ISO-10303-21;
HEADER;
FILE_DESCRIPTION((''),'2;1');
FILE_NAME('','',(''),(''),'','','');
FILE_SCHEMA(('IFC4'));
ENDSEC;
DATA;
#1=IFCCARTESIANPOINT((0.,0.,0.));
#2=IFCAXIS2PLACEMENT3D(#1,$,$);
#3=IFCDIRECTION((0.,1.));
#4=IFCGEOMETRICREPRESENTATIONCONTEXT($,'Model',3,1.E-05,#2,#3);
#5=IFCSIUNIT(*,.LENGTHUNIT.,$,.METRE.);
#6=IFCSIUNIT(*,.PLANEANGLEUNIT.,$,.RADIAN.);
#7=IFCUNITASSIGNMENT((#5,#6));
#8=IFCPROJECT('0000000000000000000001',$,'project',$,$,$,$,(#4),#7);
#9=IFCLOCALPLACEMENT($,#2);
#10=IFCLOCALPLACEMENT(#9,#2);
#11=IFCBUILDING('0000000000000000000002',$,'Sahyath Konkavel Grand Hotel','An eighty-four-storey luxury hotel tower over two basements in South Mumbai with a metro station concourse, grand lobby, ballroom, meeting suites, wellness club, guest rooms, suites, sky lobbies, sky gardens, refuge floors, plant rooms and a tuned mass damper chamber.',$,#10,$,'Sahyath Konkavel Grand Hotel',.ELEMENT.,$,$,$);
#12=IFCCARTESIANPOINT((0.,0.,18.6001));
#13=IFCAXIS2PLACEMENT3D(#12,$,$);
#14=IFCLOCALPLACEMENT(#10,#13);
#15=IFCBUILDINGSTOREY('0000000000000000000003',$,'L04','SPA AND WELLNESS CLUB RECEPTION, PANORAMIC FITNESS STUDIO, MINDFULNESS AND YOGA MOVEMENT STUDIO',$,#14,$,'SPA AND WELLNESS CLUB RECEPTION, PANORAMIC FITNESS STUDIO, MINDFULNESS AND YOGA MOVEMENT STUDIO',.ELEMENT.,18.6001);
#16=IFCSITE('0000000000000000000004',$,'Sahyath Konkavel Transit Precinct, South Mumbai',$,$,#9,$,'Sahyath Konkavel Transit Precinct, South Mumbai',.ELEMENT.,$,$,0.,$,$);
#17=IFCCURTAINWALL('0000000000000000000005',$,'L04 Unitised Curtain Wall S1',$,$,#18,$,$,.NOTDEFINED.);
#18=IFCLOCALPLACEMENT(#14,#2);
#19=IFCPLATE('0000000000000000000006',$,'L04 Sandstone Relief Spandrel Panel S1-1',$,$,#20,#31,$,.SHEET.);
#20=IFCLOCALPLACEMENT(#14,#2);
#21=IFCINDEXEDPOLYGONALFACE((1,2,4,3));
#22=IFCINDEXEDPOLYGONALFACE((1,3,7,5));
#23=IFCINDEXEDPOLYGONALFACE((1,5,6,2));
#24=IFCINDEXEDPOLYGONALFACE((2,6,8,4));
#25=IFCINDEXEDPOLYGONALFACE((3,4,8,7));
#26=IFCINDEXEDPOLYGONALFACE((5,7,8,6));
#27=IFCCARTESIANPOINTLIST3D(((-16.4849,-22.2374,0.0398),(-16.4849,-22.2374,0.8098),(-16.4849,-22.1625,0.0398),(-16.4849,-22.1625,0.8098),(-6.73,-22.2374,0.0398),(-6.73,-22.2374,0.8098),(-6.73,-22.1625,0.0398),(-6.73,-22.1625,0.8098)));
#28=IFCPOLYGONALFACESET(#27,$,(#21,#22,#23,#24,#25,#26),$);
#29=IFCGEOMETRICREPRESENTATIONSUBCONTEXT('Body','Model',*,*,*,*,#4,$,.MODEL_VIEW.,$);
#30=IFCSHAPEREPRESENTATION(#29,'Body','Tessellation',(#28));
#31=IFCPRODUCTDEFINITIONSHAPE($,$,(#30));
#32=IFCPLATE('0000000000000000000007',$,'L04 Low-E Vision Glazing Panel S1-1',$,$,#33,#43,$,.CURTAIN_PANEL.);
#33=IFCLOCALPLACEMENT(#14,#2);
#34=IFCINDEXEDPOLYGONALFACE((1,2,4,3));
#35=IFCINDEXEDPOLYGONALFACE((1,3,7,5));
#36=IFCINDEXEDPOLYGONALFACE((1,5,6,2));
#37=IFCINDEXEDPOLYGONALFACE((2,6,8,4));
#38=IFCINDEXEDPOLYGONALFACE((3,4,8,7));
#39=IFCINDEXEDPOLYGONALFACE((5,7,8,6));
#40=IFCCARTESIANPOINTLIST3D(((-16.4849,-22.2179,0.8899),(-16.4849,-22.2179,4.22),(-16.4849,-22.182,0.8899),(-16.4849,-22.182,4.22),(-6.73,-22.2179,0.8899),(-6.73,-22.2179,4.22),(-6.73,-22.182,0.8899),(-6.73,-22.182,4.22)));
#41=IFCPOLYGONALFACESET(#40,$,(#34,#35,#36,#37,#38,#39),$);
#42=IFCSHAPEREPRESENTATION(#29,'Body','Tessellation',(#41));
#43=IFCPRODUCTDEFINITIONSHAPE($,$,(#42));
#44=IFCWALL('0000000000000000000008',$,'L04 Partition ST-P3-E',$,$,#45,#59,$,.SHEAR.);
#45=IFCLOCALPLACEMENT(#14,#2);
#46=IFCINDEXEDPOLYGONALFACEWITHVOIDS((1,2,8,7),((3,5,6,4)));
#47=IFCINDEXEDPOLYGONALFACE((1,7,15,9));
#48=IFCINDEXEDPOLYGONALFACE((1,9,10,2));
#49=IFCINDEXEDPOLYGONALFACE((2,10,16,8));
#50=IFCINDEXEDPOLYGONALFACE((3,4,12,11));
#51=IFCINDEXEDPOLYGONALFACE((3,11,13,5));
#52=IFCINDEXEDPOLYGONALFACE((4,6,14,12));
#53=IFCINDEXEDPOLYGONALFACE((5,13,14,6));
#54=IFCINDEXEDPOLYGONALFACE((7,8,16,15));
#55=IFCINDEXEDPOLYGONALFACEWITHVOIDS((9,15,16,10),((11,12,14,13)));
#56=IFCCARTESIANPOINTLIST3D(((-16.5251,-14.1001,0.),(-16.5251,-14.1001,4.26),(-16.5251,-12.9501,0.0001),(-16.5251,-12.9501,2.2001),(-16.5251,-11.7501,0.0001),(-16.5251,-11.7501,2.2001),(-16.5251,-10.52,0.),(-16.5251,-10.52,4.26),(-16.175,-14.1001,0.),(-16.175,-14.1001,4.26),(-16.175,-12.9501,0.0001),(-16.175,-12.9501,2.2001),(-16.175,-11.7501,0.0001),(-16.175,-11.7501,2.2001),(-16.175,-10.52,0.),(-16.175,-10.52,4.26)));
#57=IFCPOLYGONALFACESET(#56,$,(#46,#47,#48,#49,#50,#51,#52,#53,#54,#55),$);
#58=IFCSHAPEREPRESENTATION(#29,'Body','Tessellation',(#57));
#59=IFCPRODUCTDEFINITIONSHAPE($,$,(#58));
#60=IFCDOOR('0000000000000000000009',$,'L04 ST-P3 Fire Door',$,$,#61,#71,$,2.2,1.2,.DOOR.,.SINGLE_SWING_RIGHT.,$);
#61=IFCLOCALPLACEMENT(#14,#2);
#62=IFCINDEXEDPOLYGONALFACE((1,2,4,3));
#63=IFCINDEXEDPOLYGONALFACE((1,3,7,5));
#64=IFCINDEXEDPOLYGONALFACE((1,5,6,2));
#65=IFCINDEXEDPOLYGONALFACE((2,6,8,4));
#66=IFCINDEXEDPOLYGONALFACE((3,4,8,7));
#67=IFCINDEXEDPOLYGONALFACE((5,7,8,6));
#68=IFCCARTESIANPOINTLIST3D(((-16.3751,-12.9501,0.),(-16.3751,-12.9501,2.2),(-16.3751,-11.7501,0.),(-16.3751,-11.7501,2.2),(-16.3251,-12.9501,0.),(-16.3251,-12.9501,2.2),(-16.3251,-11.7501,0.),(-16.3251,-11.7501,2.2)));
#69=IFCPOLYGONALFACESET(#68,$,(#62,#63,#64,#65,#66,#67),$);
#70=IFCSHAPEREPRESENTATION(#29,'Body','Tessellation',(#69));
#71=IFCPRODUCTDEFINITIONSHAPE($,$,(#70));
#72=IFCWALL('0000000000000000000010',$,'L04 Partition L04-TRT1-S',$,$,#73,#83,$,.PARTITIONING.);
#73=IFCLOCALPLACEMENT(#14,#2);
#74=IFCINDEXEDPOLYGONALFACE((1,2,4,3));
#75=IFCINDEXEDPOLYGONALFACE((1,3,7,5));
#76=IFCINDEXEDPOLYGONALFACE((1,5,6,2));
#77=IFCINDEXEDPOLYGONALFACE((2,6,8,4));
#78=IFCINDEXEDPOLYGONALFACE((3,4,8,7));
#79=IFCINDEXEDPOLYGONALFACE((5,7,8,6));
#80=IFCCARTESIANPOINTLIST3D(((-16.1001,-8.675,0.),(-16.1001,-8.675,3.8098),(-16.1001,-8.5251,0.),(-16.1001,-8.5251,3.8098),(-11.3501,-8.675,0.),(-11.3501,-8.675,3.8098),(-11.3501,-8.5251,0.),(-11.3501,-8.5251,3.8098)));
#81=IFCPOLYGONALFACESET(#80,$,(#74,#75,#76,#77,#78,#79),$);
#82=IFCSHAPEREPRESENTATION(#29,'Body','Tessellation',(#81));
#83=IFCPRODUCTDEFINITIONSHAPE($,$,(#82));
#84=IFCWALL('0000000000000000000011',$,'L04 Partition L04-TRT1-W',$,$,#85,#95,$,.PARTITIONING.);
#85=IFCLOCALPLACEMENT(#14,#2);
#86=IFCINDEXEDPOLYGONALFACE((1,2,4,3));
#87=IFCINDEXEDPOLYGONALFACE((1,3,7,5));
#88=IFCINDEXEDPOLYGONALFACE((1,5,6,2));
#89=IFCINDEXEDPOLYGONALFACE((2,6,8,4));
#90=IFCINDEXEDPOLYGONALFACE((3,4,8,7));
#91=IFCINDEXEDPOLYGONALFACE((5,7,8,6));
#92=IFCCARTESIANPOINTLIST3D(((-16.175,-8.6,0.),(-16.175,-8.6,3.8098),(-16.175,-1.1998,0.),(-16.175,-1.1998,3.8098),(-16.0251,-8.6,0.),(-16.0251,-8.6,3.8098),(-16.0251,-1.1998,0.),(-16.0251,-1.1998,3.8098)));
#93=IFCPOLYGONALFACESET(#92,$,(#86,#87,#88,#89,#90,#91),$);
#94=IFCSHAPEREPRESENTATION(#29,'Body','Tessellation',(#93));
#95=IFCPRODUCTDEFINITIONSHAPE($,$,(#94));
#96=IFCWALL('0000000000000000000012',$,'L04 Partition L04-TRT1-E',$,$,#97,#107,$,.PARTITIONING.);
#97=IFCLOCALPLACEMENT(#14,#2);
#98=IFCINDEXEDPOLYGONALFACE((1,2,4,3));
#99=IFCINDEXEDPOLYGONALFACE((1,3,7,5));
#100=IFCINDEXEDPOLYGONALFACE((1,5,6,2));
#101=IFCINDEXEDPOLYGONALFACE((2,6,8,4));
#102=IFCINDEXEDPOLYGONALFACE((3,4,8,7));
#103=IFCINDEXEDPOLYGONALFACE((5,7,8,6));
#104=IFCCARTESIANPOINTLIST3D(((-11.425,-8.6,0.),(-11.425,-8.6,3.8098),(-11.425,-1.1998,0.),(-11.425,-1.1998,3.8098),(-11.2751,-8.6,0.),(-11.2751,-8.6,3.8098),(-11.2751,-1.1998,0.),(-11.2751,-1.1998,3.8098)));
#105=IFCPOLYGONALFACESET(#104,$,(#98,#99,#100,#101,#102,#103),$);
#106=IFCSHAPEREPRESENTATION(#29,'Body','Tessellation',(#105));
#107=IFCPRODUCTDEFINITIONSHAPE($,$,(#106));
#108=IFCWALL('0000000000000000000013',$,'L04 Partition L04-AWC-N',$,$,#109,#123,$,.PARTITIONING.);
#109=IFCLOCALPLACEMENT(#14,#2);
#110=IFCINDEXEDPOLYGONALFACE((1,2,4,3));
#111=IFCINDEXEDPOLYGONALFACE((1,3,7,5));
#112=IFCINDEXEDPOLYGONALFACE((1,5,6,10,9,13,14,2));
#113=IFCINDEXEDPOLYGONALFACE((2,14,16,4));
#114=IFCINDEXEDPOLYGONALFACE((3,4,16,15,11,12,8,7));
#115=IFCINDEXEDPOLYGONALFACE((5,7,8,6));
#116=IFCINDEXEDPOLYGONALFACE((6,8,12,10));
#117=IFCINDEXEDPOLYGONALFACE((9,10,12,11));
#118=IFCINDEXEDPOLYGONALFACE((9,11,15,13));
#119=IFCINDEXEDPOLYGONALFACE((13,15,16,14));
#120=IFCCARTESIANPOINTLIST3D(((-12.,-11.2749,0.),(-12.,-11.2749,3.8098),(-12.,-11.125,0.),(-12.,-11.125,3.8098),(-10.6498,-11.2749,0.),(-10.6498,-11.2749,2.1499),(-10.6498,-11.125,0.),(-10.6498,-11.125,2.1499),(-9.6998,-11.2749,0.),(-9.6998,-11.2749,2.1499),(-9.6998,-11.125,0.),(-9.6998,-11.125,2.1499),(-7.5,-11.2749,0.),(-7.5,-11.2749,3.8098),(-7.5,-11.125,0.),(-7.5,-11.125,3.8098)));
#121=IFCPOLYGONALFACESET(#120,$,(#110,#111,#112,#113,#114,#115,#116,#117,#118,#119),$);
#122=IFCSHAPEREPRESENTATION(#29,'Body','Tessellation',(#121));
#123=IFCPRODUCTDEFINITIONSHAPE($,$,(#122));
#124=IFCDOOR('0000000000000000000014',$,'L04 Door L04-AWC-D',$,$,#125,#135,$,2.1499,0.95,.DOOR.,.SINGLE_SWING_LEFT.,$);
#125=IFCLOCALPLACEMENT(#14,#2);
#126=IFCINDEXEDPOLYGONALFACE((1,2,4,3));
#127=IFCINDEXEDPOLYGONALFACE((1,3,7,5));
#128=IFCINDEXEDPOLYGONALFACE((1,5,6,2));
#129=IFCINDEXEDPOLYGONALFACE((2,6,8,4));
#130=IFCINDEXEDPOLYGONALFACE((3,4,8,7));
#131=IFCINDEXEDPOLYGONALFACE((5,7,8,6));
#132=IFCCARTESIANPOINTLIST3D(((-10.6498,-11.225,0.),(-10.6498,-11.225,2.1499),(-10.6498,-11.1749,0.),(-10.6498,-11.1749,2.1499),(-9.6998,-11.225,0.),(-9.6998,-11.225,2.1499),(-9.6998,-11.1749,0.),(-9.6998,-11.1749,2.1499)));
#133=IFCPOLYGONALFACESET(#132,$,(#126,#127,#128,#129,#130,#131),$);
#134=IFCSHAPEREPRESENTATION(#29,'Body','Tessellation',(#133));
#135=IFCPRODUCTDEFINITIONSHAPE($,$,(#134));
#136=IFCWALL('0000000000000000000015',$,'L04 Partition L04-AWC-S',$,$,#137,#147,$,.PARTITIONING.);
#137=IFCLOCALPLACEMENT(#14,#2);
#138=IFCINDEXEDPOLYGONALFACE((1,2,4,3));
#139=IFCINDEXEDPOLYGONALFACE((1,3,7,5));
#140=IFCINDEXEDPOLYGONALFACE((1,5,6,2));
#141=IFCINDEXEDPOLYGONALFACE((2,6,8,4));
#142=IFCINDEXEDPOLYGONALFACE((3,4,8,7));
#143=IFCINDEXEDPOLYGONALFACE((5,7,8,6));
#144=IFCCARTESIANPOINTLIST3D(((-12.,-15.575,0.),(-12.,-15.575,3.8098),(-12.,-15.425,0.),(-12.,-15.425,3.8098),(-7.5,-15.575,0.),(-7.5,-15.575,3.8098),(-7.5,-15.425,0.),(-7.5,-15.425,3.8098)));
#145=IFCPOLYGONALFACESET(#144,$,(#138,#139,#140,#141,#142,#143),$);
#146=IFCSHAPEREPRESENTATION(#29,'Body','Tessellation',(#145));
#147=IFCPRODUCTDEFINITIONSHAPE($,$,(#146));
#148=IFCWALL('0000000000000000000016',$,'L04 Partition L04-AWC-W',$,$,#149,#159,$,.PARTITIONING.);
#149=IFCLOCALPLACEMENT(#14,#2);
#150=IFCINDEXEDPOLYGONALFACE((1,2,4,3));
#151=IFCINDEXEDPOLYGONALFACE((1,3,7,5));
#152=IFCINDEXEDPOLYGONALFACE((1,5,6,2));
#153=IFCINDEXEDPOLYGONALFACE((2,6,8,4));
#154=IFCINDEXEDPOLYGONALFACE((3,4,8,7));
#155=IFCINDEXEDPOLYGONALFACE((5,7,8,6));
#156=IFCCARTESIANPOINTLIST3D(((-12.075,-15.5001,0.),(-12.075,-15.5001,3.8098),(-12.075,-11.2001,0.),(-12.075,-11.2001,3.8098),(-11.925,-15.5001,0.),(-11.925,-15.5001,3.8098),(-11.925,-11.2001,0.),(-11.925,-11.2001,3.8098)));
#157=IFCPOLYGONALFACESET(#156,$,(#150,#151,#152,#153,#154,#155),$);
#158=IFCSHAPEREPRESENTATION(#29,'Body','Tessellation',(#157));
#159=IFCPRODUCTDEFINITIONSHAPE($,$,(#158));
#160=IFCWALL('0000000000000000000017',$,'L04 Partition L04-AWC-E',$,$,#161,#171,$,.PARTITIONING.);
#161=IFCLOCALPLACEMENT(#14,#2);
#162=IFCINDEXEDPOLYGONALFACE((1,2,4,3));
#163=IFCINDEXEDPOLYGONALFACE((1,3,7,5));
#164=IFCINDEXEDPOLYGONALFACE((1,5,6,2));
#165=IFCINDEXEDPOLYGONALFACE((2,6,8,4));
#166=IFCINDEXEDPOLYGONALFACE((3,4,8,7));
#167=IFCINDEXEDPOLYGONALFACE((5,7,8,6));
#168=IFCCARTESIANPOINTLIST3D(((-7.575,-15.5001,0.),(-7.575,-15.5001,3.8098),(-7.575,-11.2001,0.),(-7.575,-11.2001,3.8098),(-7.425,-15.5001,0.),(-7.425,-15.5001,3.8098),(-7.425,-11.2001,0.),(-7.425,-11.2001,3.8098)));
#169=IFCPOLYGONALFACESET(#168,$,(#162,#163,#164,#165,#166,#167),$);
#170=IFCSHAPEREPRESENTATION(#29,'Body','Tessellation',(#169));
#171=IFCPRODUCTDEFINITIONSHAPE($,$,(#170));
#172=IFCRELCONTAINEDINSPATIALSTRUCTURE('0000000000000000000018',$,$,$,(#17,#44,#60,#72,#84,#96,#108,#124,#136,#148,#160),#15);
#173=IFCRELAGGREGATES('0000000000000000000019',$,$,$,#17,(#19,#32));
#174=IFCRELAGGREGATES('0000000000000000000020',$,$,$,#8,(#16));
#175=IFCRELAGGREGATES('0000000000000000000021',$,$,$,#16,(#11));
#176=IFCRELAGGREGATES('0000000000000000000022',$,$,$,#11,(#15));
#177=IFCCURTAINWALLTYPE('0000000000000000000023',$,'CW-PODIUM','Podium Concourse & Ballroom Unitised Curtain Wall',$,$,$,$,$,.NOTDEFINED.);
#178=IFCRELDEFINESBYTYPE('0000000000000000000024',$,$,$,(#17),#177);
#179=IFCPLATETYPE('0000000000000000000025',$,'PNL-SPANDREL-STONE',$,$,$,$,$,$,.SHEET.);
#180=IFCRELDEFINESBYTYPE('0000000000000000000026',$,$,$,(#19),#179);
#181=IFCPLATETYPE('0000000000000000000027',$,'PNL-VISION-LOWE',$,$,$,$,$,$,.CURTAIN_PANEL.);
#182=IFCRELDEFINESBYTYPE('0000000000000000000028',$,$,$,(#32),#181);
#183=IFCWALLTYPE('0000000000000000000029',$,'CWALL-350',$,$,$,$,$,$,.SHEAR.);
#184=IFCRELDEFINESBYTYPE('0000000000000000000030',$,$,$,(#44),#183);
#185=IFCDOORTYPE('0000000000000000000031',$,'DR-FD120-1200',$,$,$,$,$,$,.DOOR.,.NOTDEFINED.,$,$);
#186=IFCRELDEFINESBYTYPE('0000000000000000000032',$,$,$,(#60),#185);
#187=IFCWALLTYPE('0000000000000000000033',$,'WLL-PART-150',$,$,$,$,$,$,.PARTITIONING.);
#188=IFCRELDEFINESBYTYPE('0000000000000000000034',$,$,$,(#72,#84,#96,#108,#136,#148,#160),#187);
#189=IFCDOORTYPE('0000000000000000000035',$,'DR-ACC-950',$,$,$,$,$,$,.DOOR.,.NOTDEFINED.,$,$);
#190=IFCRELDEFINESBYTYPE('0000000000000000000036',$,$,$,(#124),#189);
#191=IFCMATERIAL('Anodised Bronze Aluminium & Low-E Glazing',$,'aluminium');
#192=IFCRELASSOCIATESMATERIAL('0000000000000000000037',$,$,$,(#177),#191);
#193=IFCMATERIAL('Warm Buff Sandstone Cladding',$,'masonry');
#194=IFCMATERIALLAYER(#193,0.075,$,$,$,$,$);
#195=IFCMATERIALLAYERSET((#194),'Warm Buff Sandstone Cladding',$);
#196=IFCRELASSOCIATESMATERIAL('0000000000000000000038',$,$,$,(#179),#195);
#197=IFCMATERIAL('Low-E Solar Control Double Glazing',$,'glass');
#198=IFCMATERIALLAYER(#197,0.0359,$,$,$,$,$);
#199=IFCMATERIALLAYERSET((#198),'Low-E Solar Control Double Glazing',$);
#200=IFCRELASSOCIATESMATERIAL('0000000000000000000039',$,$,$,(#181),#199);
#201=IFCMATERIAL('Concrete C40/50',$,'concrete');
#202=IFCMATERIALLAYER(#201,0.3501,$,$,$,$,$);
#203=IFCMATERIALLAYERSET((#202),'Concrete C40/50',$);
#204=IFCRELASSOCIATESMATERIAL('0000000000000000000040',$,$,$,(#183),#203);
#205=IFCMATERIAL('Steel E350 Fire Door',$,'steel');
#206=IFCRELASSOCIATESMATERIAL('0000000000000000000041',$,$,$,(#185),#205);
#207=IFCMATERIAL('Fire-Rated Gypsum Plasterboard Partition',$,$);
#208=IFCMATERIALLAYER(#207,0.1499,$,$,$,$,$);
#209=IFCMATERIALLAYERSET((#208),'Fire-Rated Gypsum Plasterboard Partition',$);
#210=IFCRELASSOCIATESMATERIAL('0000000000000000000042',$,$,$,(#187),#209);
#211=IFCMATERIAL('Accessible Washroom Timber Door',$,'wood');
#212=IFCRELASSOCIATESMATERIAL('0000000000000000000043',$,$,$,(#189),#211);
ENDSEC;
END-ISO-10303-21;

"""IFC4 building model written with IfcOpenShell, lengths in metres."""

from ifc_helpers import new_model, si_unit, direction, frame, frame_2d, origin, origin_2d, place, context, subcontext, project, spatial, rectangle, extrude, source, transform, mapped, material, layer, layer_set, type_object, element, fill, aggregate, save


model = new_model("IFC4")

# Units and contexts
model_context = context("Model", 3, precision=1e-05, world=origin(), true_north=direction((0.0, 1.0)))
body_context = subcontext(model_context, "Body", "Model", "MODEL_VIEW")
ifc_project = project(units=[si_unit("LENGTHUNIT", "METRE"), si_unit("PLANEANGLEUNIT", "RADIAN")], contexts=[model_context])

# Site, building, storey
site_placement = place(None, origin())
site = spatial("IfcSite", under=ifc_project, at=site_placement, Name="Sahyath Konkavel Transit Precinct, South Mumbai", LongName="Sahyath Konkavel Transit Precinct, South Mumbai", CompositionType="ELEMENT", RefElevation=0.0)
building_placement = place(site_placement, origin())
building = spatial("IfcBuilding", under=site, at=building_placement, Name="Sahyath Konkavel Grand Hotel", Description="An eighty-four-storey luxury hotel tower over two basements in South Mumbai with a metro station concourse, grand lobby, ballroom, meeting suites, wellness club, guest rooms, suites, sky lobbies, sky gardens, refuge floors, plant rooms and a tuned mass damper chamber.", LongName="Sahyath Konkavel Grand Hotel", CompositionType="ELEMENT")
storey_placement = place(building_placement, frame((0.0, 0.0, 18.6001)))
storey = spatial("IfcBuildingStorey", under=building, at=storey_placement, Name="L04", Description="SPA AND WELLNESS CLUB RECEPTION, PANORAMIC FITNESS STUDIO, MINDFULNESS AND YOGA MOVEMENT STUDIO", LongName="SPA AND WELLNESS CLUB RECEPTION, PANORAMIC FITNESS STUDIO, MINDFULNESS AND YOGA MOVEMENT STUDIO", CompositionType="ELEMENT", Elevation=18.6001)

# Curtain wall
ifc_material_1 = material(Name="Anodised Bronze Aluminium & Low-E Glazing", Category="aluminium")
curtain_wall_type = type_object("IfcCurtainWallType", Name="CW-PODIUM", Description="Podium Concourse & Ballroom Unitised Curtain Wall", PredefinedType="NOTDEFINED", material=ifc_material_1)
curtain_wall_placement = place(storey_placement, origin())
curtain_wall = element("IfcCurtainWall", 1, at=curtain_wall_placement, inside=storey, type_object=curtain_wall_type, Name="L04 Unitised Curtain Wall S1", PredefinedType="NOTDEFINED")

# Plates
ifc_material_2 = material(Name="Warm Buff Sandstone Cladding", Category="masonry")
ifc_layer_1 = layer(ifc_material_2, 0.075)
ifc_layer_set_1 = layer_set([ifc_layer_1], Name="Warm Buff Sandstone Cladding")
plate_type_1 = type_object("IfcPlateType", Name="PNL-SPANDREL-STONE", PredefinedType="SHEET", material=ifc_layer_set_1)
shared_shape_1 = source(origin(), body_context, "Body", "SweptSolid", [
    extrude(rectangle(XDim=9.7549, YDim=0.075, at=origin_2d()), origin(), (0.0, 0.0, 1.0), 0.77),
])
plate_1_placement = place(storey_placement, frame((-11.6074, -22.2, 0.0398), z_axis=(0.0, 0.0, 1.0), x_axis=(1.0, 0.0, 0.0)))
plate_1 = element("IfcPlate", 2, at=plate_1_placement, type_object=plate_type_1, Name="L04 Sandstone Relief Spandrel Panel S1-1", PredefinedType="SHEET", context=body_context, shape_type="MappedRepresentation", body=[
    mapped(shared_shape_1, transform((0.0, 0.0, 0.0), scale=1.0)),
])
ifc_material_3 = material(Name="Low-E Solar Control Double Glazing", Category="glass")
ifc_layer_2 = layer(ifc_material_3, 0.0359)
ifc_layer_set_2 = layer_set([ifc_layer_2], Name="Low-E Solar Control Double Glazing")
plate_type_2 = type_object("IfcPlateType", Name="PNL-VISION-LOWE", PredefinedType="CURTAIN_PANEL", material=ifc_layer_set_2)
shared_shape_2 = source(origin(), body_context, "Body", "SweptSolid", [
    extrude(rectangle(XDim=9.7549, YDim=0.0359, at=origin_2d()), origin(), (0.0, 0.0, 1.0), 3.3301),
])
plate_2_placement = place(storey_placement, frame((-11.6074, -22.2, 0.8899), z_axis=(0.0, 0.0, 1.0), x_axis=(1.0, 0.0, 0.0)))
plate_2 = element("IfcPlate", 3, at=plate_2_placement, type_object=plate_type_2, Name="L04 Low-E Vision Glazing Panel S1-1", PredefinedType="CURTAIN_PANEL", context=body_context, shape_type="MappedRepresentation", body=[
    mapped(shared_shape_2, transform((0.0, 0.0, 0.0), scale=1.0)),
])
aggregate(curtain_wall, [plate_1, plate_2])

# Wall, opening, door
ifc_material_4 = material(Name="Concrete C40/50", Category="concrete")
ifc_layer_3 = layer(ifc_material_4, 0.3501)
ifc_layer_set_3 = layer_set([ifc_layer_3], Name="Concrete C40/50")
wall_type_1 = type_object("IfcWallType", Name="CWALL-350", PredefinedType="SHEAR", material=ifc_layer_set_3)
wall_1_placement = place(storey_placement, frame((-16.3501, -14.1001, 0.0), z_axis=(0.0, 0.0, 1.0), x_axis=(0.0, 1.0, 0.0)))
wall_1 = element("IfcWall", 4, at=wall_1_placement, inside=storey, type_object=wall_type_1, Name="L04 Partition ST-P3-E", PredefinedType="SHEAR", context=body_context, shape_type="SweptSolid", body=[
    extrude(rectangle(XDim=3.5801, YDim=0.3501, at=frame_2d((1.79, 0.0))), origin(), (0.0, 0.0, 1.0), 4.26),
])
opening_1_placement = place(wall_1_placement, frame((1.1499, 0.0, 0.0)))
opening_1 = element("IfcOpeningElement", 5, at=opening_1_placement, cuts=wall_1, PredefinedType="OPENING", context=body_context, shape_type="SweptSolid", body=[
    extrude(rectangle(XDim=1.2, YDim=2.2, at=frame_2d((0.6001, 1.1001))), frame((0.0, 0.1851, 0.0), z_axis=(0.0, -1.0, 0.0), x_axis=(1.0, 0.0, 0.0)), (0.0, 0.0, 1.0), 0.3701),
])
ifc_material_5 = material(Name="Steel E350 Fire Door", Category="steel")
door_type_1 = type_object("IfcDoorType", Name="DR-FD120-1200", OperationType="NOTDEFINED", PredefinedType="DOOR", material=ifc_material_5)
shared_shape_3 = source(origin(), body_context, "Body", "SweptSolid", [
    extrude(rectangle(XDim=1.2, YDim=0.05, at=origin_2d()), origin(), (0.0, 0.0, 1.0), 2.2),
])
door_1_placement = place(opening_1_placement, frame((0.6001, 0.0, 0.0)))
door_1 = element("IfcDoor", 6, at=door_1_placement, inside=storey, type_object=door_type_1, Name="L04 ST-P3 Fire Door", OperationType="SINGLE_SWING_RIGHT", OverallHeight=2.2, OverallWidth=1.2, PredefinedType="DOOR", context=body_context, shape_type="MappedRepresentation", body=[
    mapped(shared_shape_3, transform((0.0, 0.0, 0.0), scale=1.0)),
])
fill(opening_1, door_1)

# Walls
ifc_material_6 = material(Name="Fire-Rated Gypsum Plasterboard Partition")
ifc_layer_4 = layer(ifc_material_6, 0.1499)
ifc_layer_set_4 = layer_set([ifc_layer_4], Name="Fire-Rated Gypsum Plasterboard Partition")
wall_type_2 = type_object("IfcWallType", Name="WLL-PART-150", PredefinedType="PARTITIONING", material=ifc_layer_set_4)
wall_2_placement = place(storey_placement, frame((-16.1001, -8.6001, 0.0), z_axis=(0.0, 0.0, 1.0), x_axis=(1.0, 0.0, 0.0)))
element("IfcWall", 7, at=wall_2_placement, inside=storey, type_object=wall_type_2, Name="L04 Partition L04-TRT1-S", PredefinedType="PARTITIONING", context=body_context, shape_type="SweptSolid", body=[
    extrude(rectangle(XDim=4.75, YDim=0.1499, at=frame_2d((2.375, 0.0))), origin(), (0.0, 0.0, 1.0), 3.8098),
])
for number, where, z_axis, x_axis, name in (
    (8, (-16.1001, -8.6001, 0.0), (0.0, 0.0, 1.0), (0.0, 1.0, 0.0), "L04 Partition L04-TRT1-W"),
    (9, (-11.3501, -8.6001, 0.0), (0.0, 0.0, 1.0), (0.0, 1.0, 0.0), "L04 Partition L04-TRT1-E"),
):
    element("IfcWall", number, at=place(storey_placement, frame(where, z_axis=z_axis, x_axis=x_axis)), inside=storey, type_object=wall_type_2, Name=name, PredefinedType="PARTITIONING", context=body_context, shape_type="SweptSolid", body=[
        extrude(rectangle(XDim=7.4001, YDim=0.1499, at=frame_2d((3.7002, 0.0))), origin(), (0.0, 0.0, 1.0), 3.8098),
    ])

# Wall, opening, door
wall_3_placement = place(storey_placement, frame((-12.0, -11.2, 0.0), z_axis=(0.0, 0.0, 1.0), x_axis=(1.0, 0.0, 0.0)))
wall_3 = element("IfcWall", 10, at=wall_3_placement, inside=storey, type_object=wall_type_2, Name="L04 Partition L04-AWC-N", PredefinedType="PARTITIONING", context=body_context, shape_type="SweptSolid", body=[
    extrude(rectangle(XDim=4.5, YDim=0.1499, at=frame_2d((2.25, 0.0))), origin(), (0.0, 0.0, 1.0), 3.8098),
])
opening_2_placement = place(wall_3_placement, frame((1.3501, 0.0, 0.0)))
opening_2 = element("IfcOpeningElement", 11, at=opening_2_placement, cuts=wall_3, PredefinedType="OPENING", context=body_context, shape_type="SweptSolid", body=[
    extrude(rectangle(XDim=0.95, YDim=2.1499, at=frame_2d((0.4751, 1.075))), frame((0.0, 0.085, 0.0), z_axis=(0.0, -1.0, 0.0), x_axis=(1.0, 0.0, 0.0)), (0.0, 0.0, 1.0), 0.1699),
])
ifc_material_7 = material(Name="Accessible Washroom Timber Door", Category="wood")
door_type_2 = type_object("IfcDoorType", Name="DR-ACC-950", OperationType="NOTDEFINED", PredefinedType="DOOR", material=ifc_material_7)
shared_shape_4 = source(origin(), body_context, "Body", "SweptSolid", [
    extrude(rectangle(XDim=0.95, YDim=0.05, at=origin_2d()), origin(), (0.0, 0.0, 1.0), 2.1499),
])
door_2_placement = place(opening_2_placement, frame((0.4751, 0.0, 0.0)))
door_2 = element("IfcDoor", 12, at=door_2_placement, inside=storey, type_object=door_type_2, Name="L04 Door L04-AWC-D", OperationType="SINGLE_SWING_LEFT", OverallHeight=2.1499, OverallWidth=0.95, PredefinedType="DOOR", context=body_context, shape_type="MappedRepresentation", body=[
    mapped(shared_shape_4, transform((0.0, 0.0, 0.0), scale=1.0)),
])
fill(opening_2, door_2)

# Walls
wall_4_placement = place(storey_placement, frame((-12.0, -15.5, 0.0), z_axis=(0.0, 0.0, 1.0), x_axis=(1.0, 0.0, 0.0)))
element("IfcWall", 13, at=wall_4_placement, inside=storey, type_object=wall_type_2, Name="L04 Partition L04-AWC-S", PredefinedType="PARTITIONING", context=body_context, shape_type="SweptSolid", body=[
    extrude(rectangle(XDim=4.5, YDim=0.1499, at=frame_2d((2.25, 0.0))), origin(), (0.0, 0.0, 1.0), 3.8098),
])
for number, where, z_axis, x_axis, name in (
    (14, (-12.0, -15.5, 0.0), (0.0, 0.0, 1.0), (0.0, 1.0, 0.0), "L04 Partition L04-AWC-W"),
    (15, (-7.5, -15.5, 0.0), (0.0, 0.0, 1.0), (0.0, 1.0, 0.0), "L04 Partition L04-AWC-E"),
):
    element("IfcWall", number, at=place(storey_placement, frame(where, z_axis=z_axis, x_axis=x_axis)), inside=storey, type_object=wall_type_2, Name=name, PredefinedType="PARTITIONING", context=body_context, shape_type="SweptSolid", body=[
        extrude(rectangle(XDim=4.3, YDim=0.1499, at=frame_2d((2.1499, 0.0))), origin(), (0.0, 0.0, 1.0), 3.8098),
    ])

save(model, "model.ifc")
